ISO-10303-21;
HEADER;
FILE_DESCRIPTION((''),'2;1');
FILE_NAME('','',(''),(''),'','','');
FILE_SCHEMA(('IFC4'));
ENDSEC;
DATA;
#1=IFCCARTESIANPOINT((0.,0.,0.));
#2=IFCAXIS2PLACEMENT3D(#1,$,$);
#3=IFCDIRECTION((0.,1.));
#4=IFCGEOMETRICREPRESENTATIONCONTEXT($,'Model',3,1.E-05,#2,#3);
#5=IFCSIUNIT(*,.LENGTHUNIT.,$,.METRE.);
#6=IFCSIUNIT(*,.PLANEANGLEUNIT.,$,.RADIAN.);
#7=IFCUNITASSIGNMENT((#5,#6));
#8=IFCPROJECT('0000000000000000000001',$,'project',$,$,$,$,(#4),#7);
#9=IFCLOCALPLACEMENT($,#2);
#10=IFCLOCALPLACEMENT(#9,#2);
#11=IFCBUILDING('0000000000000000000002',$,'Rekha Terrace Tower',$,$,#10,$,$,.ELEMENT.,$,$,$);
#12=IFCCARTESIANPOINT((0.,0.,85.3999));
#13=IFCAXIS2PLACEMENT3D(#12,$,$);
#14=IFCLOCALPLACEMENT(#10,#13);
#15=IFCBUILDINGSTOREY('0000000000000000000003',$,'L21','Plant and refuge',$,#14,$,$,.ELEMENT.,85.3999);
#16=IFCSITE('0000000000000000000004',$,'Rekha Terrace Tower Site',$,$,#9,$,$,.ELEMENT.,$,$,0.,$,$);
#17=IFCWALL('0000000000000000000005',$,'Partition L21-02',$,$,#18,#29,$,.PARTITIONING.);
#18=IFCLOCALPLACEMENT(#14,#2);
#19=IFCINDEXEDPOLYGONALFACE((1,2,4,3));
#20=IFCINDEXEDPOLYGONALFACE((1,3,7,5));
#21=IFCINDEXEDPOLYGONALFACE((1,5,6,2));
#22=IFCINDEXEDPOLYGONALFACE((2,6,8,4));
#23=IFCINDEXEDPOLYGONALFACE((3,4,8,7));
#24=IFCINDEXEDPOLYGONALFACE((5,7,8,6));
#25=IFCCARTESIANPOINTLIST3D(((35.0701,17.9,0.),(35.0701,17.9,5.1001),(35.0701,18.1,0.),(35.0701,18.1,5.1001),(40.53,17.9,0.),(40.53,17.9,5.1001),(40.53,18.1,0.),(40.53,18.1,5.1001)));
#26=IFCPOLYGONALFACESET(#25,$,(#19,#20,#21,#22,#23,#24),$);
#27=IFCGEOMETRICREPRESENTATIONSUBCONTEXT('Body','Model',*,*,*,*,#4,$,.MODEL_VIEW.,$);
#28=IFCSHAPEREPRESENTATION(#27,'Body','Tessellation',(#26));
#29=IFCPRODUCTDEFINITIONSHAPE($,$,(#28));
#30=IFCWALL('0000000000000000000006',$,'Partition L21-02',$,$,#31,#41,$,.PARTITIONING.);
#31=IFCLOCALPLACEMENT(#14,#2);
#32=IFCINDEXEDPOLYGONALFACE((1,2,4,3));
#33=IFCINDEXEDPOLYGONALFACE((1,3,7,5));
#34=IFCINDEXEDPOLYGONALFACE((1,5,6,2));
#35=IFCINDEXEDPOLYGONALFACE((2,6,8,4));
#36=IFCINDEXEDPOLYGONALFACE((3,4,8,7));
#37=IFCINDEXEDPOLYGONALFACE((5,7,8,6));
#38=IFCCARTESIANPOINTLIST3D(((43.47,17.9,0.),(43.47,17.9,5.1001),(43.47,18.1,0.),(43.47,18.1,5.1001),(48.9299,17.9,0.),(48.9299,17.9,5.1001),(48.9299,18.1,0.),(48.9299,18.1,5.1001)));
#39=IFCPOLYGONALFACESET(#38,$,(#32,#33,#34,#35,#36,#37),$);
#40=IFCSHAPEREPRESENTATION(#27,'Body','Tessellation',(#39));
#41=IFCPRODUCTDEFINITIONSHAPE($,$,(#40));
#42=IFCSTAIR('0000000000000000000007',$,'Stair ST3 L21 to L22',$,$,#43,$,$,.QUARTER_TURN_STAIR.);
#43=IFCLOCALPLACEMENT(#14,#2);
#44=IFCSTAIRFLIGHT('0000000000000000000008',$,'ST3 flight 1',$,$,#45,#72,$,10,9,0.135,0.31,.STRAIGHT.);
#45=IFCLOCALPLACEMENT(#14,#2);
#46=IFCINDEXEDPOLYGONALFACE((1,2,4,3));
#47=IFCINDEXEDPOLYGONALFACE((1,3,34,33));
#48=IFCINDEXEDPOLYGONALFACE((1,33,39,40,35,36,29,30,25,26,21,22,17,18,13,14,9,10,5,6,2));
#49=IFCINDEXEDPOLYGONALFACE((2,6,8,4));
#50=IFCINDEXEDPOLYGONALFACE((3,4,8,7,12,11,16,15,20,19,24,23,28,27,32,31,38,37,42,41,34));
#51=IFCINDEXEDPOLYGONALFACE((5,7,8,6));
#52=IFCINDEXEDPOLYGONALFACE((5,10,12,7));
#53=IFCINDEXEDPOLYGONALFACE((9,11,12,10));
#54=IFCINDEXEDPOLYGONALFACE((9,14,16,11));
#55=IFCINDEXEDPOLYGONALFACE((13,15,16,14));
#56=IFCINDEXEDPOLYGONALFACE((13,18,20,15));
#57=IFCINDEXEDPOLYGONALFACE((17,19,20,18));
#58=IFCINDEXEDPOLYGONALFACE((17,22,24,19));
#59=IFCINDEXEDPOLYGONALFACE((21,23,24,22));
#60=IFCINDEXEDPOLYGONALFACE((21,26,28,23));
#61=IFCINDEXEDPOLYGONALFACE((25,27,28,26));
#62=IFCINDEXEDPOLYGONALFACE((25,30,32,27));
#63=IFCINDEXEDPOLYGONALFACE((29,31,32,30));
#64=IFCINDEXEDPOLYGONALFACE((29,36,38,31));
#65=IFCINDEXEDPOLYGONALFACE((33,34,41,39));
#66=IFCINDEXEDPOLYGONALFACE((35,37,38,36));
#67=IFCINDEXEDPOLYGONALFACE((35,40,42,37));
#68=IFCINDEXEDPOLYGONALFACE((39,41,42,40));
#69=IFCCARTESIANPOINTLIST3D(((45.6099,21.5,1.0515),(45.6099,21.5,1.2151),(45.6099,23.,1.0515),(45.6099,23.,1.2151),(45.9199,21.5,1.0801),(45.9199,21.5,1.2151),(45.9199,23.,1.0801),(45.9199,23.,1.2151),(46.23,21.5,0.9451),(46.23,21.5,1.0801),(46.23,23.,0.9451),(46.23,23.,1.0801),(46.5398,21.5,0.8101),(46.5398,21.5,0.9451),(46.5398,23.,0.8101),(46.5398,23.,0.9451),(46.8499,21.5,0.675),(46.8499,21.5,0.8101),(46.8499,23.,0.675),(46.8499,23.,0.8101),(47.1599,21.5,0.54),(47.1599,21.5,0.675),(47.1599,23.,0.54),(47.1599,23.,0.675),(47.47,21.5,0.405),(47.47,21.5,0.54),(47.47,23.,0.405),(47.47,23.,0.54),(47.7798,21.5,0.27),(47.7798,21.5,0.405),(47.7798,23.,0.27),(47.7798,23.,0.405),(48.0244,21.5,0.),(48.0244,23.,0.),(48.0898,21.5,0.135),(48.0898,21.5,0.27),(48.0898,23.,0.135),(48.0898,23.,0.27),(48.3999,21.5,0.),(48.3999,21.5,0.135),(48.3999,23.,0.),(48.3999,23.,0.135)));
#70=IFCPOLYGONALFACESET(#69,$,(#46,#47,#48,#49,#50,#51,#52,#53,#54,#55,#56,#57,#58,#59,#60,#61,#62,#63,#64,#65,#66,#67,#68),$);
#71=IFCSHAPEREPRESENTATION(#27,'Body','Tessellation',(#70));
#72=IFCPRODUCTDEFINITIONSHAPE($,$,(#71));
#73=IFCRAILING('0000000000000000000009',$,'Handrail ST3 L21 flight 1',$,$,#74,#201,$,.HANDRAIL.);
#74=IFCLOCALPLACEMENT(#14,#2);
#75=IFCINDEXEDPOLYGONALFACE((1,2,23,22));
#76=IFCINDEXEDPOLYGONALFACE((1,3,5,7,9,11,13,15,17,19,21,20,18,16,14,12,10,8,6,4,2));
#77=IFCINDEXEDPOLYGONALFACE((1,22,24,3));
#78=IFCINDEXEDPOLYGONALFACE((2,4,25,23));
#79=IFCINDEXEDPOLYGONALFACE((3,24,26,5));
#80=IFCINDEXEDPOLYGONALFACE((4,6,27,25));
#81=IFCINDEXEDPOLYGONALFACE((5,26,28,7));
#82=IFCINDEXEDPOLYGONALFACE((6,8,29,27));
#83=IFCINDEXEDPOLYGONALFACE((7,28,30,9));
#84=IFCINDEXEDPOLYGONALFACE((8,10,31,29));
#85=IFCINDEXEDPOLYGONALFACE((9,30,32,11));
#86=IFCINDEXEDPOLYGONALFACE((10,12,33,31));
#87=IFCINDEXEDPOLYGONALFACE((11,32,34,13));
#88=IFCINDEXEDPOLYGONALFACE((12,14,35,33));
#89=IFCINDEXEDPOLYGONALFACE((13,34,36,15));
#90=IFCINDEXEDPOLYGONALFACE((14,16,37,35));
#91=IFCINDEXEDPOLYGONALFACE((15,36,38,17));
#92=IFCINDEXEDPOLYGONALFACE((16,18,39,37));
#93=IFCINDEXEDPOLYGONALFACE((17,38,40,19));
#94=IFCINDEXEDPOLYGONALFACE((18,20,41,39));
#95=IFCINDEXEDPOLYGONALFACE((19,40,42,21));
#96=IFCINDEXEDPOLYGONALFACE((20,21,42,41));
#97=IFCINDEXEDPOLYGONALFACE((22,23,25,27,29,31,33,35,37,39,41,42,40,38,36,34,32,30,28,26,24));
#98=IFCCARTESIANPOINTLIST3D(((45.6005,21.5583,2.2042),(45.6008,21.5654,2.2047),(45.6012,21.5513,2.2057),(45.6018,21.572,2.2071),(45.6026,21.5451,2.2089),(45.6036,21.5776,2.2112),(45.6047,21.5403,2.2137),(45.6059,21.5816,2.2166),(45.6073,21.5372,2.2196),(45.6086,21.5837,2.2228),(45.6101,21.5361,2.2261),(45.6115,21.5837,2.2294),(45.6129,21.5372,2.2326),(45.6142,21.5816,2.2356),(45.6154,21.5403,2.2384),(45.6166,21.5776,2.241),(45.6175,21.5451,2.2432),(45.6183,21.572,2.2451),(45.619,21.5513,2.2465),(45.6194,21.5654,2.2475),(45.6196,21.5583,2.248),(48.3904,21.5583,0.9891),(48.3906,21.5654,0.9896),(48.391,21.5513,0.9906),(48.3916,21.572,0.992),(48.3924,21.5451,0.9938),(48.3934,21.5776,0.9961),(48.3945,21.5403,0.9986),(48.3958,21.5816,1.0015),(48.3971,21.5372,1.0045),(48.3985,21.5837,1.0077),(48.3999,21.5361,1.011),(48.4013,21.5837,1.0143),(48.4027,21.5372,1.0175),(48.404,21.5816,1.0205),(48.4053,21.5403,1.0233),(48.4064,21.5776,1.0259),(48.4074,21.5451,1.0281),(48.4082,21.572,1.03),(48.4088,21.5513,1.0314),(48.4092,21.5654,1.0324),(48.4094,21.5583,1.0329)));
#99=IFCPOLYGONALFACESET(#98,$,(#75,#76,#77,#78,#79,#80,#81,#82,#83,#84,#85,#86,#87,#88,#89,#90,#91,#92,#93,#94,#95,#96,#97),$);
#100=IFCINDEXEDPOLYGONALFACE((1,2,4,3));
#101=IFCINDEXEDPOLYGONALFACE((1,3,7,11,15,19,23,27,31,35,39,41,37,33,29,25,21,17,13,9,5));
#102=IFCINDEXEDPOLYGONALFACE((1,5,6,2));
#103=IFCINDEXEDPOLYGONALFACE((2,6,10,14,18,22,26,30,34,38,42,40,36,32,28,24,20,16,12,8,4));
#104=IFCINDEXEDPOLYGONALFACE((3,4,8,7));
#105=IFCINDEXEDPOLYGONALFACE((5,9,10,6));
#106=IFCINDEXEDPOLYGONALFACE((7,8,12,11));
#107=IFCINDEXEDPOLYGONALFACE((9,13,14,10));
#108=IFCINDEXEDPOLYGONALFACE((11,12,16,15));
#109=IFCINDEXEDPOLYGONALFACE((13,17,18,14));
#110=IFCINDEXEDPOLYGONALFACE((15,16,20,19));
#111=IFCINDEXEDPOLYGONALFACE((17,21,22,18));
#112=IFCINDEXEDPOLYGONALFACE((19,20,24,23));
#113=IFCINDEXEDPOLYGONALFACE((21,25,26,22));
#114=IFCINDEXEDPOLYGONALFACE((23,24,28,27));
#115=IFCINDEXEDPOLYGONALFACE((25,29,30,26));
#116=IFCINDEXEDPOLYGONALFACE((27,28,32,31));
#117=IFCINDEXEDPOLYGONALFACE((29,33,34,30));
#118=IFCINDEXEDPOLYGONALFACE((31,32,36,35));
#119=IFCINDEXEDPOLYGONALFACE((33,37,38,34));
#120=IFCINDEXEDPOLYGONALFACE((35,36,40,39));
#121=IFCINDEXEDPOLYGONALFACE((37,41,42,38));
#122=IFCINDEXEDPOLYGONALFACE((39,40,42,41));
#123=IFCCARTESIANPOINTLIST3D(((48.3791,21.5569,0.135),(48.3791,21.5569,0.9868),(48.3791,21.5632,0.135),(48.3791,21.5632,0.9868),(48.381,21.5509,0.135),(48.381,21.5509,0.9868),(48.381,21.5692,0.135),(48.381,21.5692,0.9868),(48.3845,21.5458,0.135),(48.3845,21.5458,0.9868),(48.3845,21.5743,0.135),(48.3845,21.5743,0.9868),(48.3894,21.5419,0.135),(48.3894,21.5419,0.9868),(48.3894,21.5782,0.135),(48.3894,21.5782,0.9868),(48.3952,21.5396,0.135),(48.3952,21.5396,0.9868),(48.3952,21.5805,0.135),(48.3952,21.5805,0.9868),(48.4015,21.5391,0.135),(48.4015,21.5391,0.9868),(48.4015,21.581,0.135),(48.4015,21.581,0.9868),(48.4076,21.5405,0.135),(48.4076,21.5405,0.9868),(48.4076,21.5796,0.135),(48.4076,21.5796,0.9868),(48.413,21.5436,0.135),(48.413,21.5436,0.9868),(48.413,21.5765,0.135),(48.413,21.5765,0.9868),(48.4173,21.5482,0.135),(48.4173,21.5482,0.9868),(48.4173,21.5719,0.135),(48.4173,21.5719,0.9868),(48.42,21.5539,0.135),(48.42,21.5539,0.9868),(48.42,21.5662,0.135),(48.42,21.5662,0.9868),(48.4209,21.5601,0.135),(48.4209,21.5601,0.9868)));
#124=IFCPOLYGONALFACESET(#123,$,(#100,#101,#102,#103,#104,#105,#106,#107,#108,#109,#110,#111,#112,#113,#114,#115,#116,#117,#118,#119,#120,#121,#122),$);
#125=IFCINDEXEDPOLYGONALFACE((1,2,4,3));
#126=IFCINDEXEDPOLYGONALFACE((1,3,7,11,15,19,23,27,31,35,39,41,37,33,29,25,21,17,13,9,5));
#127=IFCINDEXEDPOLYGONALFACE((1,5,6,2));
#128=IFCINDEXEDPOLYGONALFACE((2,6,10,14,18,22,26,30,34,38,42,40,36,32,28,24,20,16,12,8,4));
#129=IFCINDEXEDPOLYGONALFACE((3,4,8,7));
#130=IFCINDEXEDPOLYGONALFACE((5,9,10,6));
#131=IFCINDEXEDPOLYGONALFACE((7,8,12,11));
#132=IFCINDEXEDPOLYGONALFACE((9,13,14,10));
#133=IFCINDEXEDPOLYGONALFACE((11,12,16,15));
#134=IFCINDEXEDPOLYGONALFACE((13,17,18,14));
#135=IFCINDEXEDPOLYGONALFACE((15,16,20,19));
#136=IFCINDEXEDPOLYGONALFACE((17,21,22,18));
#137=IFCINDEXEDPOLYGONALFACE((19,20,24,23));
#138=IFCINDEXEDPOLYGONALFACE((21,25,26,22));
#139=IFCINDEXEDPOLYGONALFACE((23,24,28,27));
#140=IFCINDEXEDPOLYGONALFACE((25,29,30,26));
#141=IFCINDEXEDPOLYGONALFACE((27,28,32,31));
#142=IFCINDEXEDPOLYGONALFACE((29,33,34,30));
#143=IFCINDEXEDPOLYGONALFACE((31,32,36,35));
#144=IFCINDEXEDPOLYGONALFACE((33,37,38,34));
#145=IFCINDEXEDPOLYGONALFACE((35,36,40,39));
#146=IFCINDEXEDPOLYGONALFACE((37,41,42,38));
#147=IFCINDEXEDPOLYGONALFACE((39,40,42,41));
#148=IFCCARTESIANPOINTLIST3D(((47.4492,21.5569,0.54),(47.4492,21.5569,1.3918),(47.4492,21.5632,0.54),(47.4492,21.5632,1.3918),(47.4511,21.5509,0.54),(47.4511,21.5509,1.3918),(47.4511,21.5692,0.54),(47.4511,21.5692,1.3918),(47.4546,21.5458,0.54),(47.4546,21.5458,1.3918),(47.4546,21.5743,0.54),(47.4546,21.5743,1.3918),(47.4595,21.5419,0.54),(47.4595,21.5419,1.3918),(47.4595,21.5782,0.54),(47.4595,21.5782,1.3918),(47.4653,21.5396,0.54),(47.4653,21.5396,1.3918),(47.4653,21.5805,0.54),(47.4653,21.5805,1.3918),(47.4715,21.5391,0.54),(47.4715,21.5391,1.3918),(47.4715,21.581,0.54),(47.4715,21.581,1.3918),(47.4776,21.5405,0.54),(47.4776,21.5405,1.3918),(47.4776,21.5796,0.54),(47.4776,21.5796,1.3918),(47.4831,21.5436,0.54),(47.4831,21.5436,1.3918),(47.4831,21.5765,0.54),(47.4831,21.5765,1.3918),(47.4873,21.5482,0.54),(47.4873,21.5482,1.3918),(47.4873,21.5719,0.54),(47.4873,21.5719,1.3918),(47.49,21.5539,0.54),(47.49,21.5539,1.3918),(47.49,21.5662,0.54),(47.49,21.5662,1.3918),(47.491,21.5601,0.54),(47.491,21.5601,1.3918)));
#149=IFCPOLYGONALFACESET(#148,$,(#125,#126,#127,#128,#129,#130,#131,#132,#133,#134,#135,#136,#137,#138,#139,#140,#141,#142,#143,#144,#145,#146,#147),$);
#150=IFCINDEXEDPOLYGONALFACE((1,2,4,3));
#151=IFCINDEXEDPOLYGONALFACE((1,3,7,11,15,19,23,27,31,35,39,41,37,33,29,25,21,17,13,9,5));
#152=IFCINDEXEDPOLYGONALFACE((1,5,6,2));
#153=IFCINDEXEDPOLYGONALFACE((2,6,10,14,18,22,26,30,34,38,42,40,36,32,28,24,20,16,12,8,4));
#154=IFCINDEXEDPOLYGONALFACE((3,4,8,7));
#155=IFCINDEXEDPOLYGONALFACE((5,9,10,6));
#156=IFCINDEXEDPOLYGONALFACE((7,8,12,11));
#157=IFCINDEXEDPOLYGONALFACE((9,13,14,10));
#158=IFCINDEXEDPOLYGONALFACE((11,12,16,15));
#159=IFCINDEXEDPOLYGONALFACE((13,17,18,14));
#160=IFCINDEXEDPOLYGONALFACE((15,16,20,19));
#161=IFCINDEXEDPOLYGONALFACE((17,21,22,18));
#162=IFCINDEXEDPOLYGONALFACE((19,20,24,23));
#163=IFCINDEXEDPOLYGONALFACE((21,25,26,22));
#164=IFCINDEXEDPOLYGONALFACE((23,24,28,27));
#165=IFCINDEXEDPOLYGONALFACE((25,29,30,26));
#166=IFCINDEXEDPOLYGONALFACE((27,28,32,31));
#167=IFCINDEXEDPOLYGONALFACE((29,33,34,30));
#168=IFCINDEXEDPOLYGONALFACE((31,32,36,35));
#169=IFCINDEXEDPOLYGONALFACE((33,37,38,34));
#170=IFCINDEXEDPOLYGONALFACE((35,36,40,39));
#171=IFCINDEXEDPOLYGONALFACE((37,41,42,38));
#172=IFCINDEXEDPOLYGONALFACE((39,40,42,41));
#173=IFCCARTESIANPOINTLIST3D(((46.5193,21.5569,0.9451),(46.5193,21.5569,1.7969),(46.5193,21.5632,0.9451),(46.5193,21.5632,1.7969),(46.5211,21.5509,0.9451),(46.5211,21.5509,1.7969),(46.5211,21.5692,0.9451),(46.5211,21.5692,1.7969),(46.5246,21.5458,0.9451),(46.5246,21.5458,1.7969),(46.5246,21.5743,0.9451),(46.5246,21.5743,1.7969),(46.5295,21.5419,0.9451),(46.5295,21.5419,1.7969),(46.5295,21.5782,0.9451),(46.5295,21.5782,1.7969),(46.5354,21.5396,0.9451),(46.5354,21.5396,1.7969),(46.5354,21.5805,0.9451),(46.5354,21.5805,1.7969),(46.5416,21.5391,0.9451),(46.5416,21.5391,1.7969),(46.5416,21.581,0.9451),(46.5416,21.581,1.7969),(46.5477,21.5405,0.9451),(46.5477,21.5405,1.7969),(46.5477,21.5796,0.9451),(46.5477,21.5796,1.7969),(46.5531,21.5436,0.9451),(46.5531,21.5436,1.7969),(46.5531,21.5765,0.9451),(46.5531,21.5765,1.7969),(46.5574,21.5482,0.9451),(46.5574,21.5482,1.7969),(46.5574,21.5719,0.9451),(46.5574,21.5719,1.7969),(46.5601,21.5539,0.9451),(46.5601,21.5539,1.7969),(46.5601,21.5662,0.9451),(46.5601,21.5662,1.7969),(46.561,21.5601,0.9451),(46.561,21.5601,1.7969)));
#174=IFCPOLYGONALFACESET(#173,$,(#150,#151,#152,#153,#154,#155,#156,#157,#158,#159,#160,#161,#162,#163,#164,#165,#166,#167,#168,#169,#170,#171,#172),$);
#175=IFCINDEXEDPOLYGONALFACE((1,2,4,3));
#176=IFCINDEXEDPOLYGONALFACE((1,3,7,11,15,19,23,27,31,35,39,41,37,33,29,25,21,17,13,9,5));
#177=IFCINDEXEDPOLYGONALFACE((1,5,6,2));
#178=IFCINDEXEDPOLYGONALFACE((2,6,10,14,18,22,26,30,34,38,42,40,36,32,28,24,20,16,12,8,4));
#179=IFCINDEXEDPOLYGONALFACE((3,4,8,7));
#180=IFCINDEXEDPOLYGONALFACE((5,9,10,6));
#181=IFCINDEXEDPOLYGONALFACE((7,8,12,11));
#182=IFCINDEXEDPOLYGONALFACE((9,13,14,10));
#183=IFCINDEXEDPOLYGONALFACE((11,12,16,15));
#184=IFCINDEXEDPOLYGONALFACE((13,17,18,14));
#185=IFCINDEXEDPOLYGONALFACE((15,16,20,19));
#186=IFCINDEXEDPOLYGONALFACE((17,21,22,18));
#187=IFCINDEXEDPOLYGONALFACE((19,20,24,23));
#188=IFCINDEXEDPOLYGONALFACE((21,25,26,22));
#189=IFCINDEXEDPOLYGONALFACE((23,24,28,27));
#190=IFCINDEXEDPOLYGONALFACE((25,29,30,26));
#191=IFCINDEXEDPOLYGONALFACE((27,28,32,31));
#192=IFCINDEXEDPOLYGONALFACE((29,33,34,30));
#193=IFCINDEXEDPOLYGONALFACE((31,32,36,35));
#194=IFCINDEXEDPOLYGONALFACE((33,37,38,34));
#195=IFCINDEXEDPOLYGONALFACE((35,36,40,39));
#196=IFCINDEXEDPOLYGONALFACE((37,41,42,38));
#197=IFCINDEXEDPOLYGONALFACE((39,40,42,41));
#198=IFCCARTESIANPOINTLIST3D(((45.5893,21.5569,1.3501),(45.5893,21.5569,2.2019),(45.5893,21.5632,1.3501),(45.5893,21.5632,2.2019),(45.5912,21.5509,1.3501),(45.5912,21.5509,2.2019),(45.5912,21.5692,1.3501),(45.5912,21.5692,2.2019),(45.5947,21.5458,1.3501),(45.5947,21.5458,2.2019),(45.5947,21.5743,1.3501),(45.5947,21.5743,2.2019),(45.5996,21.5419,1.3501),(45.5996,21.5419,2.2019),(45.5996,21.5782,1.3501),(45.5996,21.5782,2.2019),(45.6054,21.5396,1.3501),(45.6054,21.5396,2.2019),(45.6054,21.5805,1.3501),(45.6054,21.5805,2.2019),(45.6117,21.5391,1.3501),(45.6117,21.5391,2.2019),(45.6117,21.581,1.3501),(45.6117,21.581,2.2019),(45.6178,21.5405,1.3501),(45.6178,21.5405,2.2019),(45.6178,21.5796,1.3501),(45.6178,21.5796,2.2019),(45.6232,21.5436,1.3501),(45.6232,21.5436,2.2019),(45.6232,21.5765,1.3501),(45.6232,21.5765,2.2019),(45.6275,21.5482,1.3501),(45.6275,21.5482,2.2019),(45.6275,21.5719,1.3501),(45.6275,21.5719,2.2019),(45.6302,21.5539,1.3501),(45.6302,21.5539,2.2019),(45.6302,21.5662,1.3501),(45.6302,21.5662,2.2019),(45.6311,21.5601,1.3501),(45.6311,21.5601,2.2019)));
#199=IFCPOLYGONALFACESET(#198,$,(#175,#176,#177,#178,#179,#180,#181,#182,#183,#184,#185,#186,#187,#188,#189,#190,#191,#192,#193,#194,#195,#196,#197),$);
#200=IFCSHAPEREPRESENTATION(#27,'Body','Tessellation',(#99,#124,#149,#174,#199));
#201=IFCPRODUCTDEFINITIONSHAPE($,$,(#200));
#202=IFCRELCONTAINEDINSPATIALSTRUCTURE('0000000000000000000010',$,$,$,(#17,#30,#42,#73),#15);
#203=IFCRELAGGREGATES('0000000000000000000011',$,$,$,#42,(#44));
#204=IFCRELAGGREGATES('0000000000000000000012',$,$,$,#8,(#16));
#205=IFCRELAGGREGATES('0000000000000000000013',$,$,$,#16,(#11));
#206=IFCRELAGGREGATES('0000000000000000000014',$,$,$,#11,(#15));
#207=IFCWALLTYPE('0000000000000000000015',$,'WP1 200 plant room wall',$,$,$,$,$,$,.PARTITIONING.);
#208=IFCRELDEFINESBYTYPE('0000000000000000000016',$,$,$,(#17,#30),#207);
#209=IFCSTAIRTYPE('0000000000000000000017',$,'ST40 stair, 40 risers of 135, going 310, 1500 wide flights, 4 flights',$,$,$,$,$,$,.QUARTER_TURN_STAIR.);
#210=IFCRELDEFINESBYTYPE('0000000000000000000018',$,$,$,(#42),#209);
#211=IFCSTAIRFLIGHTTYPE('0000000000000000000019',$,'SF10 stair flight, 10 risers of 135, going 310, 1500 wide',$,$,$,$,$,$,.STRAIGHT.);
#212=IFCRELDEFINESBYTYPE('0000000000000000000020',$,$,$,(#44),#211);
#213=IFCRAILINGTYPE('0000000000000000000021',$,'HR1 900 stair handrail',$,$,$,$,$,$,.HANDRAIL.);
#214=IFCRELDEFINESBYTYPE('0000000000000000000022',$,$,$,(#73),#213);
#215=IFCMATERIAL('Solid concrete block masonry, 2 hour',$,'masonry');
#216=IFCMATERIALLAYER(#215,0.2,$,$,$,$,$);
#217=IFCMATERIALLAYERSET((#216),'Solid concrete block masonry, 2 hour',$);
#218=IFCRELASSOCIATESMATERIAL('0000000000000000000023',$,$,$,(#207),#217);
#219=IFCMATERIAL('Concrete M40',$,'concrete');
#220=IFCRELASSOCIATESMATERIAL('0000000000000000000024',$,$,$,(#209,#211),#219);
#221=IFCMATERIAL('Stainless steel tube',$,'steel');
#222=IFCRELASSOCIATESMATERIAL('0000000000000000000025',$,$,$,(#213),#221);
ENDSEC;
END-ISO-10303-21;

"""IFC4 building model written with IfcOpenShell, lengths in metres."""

from ifc_helpers import new_model, si_unit, direction, frame, frame_2d, origin, origin_2d, place, context, subcontext, project, spatial, polyline, rectangle, circle, outline, extrude, material, layer, layer_set, type_object, element, aggregate, save


model = new_model("IFC4")

# Units and contexts
model_context = context("Model", 3, precision=1e-05, world=origin(), true_north=direction((0.0, 1.0)))
body_context = subcontext(model_context, "Body", "Model", "MODEL_VIEW")
ifc_project = project(units=[si_unit("LENGTHUNIT", "METRE"), si_unit("PLANEANGLEUNIT", "RADIAN")], contexts=[model_context])

# Site, building, storey
site_placement = place(None, origin())
site = spatial("IfcSite", under=ifc_project, at=site_placement, Name="Rekha Terrace Tower Site", CompositionType="ELEMENT", RefElevation=0.0)
building_placement = place(site_placement, origin())
building = spatial("IfcBuilding", under=site, at=building_placement, Name="Rekha Terrace Tower", CompositionType="ELEMENT")
storey_placement = place(building_placement, frame((0.0, 0.0, 85.3999)))
storey = spatial("IfcBuildingStorey", under=building, at=storey_placement, Name="L21", Description="Plant and refuge", CompositionType="ELEMENT", Elevation=85.3999)

# Walls
ifc_material_1 = material(Name="Solid concrete block masonry, 2 hour", Category="masonry")
ifc_layer_1 = layer(ifc_material_1, 0.2)
ifc_layer_set_1 = layer_set([ifc_layer_1], Name="Solid concrete block masonry, 2 hour")
wall_type_1 = type_object("IfcWallType", Name="WP1 200 plant room wall", PredefinedType="PARTITIONING", material=ifc_layer_set_1)
for number, where, z_axis, x_axis, name in (
    (1, (35.0701, 18.0, 0.0), (0.0, 0.0, 1.0), (1.0, 0.0, 0.0), "Partition L21-02"),
    (2, (43.47, 18.0, 0.0), (0.0, 0.0, 1.0), (1.0, 0.0, 0.0), "Partition L21-02"),
):
    element("IfcWall", number, at=place(storey_placement, frame(where, z_axis=z_axis, x_axis=x_axis)), inside=storey, type_object=wall_type_1, Name=name, PredefinedType="PARTITIONING", context=body_context, shape_type="SweptSolid", body=[
        extrude(rectangle(XDim=5.46, YDim=0.2, at=frame_2d((2.73, 0.0))), origin(), (0.0, 0.0, 1.0), 5.1001),
    ])

# Stair, stair flight
ifc_material_2 = material(Name="Concrete M40", Category="concrete")
stair_type = type_object("IfcStairType", Name="ST40 stair, 40 risers of 135, going 310, 1500 wide flights, 4 flights", PredefinedType="QUARTER_TURN_STAIR", material=ifc_material_2)
stair_placement = place(storey_placement, origin())
stair = element("IfcStair", 3, at=stair_placement, inside=storey, type_object=stair_type, Name="Stair ST3 L21 to L22", PredefinedType="QUARTER_TURN_STAIR")
stair_flight_type = type_object("IfcStairFlightType", Name="SF10 stair flight, 10 risers of 135, going 310, 1500 wide", PredefinedType="STRAIGHT", material=ifc_material_2)
stair_flight_placement = place(storey_placement, frame((48.3999, 22.25, 0.0), z_axis=(0.0, 0.0, 1.0), x_axis=(-1.0, 0.0, 0.0)))
stair_flight = element("IfcStairFlight", 4, at=stair_flight_placement, type_object=stair_flight_type, Name="ST3 flight 1", NumberOfRisers=10, NumberOfTreads=9, PredefinedType="STRAIGHT", RiserHeight=0.135, TreadLength=0.31, context=body_context, shape_type="SweptSolid", body=[
    extrude(outline(polyline([(0.0, 0.0), (0.0, 0.135), (0.3101, 0.135), (0.3101, 0.27), (0.6201, 0.27), (0.6201, 0.405), (0.9299, 0.405), (0.9299, 0.54), (1.24, 0.54), (1.24, 0.675), (1.55, 0.675), (1.55, 0.8101), (1.8601, 0.8101), (1.8601, 0.9451), (2.1699, 0.9451), (2.1699, 1.0801), (2.48, 1.0801), (2.48, 1.2151), (2.79, 1.2151), (2.79, 1.3501), (2.79, 1.0515), (0.3755, 0.0), (0.0, 0.0)])), frame((0.0, 0.75, 0.0), z_axis=(0.0, -1.0, 0.0), x_axis=(1.0, 0.0, 0.0)), (0.0, 0.0, 1.0), 1.5),
])
aggregate(stair, [stair_flight])

# Railing
ifc_material_3 = material(Name="Stainless steel tube", Category="steel")
railing_type = type_object("IfcRailingType", Name="HR1 900 stair handrail", PredefinedType="HANDRAIL", material=ifc_material_3)
railing_placement = place(storey_placement, frame((48.3999, 21.5601, 0.135)))
element("IfcRailing", 5, at=railing_placement, inside=storey, type_object=railing_type, Name="Handrail ST3 L21 flight 1", PredefinedType="HANDRAIL", context=body_context, shape_type="SweptSolid", body=[
    extrude(circle(Radius=0.0239, at=origin_2d()), frame((0.0, 0.0, 0.876), z_axis=(-0.916813, 0.0, 0.399316), x_axis=(0.0, -1.0, 0.0)), (0.0, 0.0, 1.0), 3.043),
    extrude(circle(Radius=0.021, at=origin_2d()), origin(), (0.0, 0.0, 1.0), 0.8518),
    extrude(circle(Radius=0.021, at=origin_2d()), frame((-0.9299, 0.0, 0.405)), (0.0, 0.0, 1.0), 0.8518),
    extrude(circle(Radius=0.021, at=origin_2d()), frame((-1.8599, 0.0, 0.8101)), (0.0, 0.0, 1.0), 0.8518),
    extrude(circle(Radius=0.021, at=origin_2d()), frame((-2.7898, 0.0, 1.2151)), (0.0, 0.0, 1.0), 0.8518),
])

save(model, "model.ifc")
